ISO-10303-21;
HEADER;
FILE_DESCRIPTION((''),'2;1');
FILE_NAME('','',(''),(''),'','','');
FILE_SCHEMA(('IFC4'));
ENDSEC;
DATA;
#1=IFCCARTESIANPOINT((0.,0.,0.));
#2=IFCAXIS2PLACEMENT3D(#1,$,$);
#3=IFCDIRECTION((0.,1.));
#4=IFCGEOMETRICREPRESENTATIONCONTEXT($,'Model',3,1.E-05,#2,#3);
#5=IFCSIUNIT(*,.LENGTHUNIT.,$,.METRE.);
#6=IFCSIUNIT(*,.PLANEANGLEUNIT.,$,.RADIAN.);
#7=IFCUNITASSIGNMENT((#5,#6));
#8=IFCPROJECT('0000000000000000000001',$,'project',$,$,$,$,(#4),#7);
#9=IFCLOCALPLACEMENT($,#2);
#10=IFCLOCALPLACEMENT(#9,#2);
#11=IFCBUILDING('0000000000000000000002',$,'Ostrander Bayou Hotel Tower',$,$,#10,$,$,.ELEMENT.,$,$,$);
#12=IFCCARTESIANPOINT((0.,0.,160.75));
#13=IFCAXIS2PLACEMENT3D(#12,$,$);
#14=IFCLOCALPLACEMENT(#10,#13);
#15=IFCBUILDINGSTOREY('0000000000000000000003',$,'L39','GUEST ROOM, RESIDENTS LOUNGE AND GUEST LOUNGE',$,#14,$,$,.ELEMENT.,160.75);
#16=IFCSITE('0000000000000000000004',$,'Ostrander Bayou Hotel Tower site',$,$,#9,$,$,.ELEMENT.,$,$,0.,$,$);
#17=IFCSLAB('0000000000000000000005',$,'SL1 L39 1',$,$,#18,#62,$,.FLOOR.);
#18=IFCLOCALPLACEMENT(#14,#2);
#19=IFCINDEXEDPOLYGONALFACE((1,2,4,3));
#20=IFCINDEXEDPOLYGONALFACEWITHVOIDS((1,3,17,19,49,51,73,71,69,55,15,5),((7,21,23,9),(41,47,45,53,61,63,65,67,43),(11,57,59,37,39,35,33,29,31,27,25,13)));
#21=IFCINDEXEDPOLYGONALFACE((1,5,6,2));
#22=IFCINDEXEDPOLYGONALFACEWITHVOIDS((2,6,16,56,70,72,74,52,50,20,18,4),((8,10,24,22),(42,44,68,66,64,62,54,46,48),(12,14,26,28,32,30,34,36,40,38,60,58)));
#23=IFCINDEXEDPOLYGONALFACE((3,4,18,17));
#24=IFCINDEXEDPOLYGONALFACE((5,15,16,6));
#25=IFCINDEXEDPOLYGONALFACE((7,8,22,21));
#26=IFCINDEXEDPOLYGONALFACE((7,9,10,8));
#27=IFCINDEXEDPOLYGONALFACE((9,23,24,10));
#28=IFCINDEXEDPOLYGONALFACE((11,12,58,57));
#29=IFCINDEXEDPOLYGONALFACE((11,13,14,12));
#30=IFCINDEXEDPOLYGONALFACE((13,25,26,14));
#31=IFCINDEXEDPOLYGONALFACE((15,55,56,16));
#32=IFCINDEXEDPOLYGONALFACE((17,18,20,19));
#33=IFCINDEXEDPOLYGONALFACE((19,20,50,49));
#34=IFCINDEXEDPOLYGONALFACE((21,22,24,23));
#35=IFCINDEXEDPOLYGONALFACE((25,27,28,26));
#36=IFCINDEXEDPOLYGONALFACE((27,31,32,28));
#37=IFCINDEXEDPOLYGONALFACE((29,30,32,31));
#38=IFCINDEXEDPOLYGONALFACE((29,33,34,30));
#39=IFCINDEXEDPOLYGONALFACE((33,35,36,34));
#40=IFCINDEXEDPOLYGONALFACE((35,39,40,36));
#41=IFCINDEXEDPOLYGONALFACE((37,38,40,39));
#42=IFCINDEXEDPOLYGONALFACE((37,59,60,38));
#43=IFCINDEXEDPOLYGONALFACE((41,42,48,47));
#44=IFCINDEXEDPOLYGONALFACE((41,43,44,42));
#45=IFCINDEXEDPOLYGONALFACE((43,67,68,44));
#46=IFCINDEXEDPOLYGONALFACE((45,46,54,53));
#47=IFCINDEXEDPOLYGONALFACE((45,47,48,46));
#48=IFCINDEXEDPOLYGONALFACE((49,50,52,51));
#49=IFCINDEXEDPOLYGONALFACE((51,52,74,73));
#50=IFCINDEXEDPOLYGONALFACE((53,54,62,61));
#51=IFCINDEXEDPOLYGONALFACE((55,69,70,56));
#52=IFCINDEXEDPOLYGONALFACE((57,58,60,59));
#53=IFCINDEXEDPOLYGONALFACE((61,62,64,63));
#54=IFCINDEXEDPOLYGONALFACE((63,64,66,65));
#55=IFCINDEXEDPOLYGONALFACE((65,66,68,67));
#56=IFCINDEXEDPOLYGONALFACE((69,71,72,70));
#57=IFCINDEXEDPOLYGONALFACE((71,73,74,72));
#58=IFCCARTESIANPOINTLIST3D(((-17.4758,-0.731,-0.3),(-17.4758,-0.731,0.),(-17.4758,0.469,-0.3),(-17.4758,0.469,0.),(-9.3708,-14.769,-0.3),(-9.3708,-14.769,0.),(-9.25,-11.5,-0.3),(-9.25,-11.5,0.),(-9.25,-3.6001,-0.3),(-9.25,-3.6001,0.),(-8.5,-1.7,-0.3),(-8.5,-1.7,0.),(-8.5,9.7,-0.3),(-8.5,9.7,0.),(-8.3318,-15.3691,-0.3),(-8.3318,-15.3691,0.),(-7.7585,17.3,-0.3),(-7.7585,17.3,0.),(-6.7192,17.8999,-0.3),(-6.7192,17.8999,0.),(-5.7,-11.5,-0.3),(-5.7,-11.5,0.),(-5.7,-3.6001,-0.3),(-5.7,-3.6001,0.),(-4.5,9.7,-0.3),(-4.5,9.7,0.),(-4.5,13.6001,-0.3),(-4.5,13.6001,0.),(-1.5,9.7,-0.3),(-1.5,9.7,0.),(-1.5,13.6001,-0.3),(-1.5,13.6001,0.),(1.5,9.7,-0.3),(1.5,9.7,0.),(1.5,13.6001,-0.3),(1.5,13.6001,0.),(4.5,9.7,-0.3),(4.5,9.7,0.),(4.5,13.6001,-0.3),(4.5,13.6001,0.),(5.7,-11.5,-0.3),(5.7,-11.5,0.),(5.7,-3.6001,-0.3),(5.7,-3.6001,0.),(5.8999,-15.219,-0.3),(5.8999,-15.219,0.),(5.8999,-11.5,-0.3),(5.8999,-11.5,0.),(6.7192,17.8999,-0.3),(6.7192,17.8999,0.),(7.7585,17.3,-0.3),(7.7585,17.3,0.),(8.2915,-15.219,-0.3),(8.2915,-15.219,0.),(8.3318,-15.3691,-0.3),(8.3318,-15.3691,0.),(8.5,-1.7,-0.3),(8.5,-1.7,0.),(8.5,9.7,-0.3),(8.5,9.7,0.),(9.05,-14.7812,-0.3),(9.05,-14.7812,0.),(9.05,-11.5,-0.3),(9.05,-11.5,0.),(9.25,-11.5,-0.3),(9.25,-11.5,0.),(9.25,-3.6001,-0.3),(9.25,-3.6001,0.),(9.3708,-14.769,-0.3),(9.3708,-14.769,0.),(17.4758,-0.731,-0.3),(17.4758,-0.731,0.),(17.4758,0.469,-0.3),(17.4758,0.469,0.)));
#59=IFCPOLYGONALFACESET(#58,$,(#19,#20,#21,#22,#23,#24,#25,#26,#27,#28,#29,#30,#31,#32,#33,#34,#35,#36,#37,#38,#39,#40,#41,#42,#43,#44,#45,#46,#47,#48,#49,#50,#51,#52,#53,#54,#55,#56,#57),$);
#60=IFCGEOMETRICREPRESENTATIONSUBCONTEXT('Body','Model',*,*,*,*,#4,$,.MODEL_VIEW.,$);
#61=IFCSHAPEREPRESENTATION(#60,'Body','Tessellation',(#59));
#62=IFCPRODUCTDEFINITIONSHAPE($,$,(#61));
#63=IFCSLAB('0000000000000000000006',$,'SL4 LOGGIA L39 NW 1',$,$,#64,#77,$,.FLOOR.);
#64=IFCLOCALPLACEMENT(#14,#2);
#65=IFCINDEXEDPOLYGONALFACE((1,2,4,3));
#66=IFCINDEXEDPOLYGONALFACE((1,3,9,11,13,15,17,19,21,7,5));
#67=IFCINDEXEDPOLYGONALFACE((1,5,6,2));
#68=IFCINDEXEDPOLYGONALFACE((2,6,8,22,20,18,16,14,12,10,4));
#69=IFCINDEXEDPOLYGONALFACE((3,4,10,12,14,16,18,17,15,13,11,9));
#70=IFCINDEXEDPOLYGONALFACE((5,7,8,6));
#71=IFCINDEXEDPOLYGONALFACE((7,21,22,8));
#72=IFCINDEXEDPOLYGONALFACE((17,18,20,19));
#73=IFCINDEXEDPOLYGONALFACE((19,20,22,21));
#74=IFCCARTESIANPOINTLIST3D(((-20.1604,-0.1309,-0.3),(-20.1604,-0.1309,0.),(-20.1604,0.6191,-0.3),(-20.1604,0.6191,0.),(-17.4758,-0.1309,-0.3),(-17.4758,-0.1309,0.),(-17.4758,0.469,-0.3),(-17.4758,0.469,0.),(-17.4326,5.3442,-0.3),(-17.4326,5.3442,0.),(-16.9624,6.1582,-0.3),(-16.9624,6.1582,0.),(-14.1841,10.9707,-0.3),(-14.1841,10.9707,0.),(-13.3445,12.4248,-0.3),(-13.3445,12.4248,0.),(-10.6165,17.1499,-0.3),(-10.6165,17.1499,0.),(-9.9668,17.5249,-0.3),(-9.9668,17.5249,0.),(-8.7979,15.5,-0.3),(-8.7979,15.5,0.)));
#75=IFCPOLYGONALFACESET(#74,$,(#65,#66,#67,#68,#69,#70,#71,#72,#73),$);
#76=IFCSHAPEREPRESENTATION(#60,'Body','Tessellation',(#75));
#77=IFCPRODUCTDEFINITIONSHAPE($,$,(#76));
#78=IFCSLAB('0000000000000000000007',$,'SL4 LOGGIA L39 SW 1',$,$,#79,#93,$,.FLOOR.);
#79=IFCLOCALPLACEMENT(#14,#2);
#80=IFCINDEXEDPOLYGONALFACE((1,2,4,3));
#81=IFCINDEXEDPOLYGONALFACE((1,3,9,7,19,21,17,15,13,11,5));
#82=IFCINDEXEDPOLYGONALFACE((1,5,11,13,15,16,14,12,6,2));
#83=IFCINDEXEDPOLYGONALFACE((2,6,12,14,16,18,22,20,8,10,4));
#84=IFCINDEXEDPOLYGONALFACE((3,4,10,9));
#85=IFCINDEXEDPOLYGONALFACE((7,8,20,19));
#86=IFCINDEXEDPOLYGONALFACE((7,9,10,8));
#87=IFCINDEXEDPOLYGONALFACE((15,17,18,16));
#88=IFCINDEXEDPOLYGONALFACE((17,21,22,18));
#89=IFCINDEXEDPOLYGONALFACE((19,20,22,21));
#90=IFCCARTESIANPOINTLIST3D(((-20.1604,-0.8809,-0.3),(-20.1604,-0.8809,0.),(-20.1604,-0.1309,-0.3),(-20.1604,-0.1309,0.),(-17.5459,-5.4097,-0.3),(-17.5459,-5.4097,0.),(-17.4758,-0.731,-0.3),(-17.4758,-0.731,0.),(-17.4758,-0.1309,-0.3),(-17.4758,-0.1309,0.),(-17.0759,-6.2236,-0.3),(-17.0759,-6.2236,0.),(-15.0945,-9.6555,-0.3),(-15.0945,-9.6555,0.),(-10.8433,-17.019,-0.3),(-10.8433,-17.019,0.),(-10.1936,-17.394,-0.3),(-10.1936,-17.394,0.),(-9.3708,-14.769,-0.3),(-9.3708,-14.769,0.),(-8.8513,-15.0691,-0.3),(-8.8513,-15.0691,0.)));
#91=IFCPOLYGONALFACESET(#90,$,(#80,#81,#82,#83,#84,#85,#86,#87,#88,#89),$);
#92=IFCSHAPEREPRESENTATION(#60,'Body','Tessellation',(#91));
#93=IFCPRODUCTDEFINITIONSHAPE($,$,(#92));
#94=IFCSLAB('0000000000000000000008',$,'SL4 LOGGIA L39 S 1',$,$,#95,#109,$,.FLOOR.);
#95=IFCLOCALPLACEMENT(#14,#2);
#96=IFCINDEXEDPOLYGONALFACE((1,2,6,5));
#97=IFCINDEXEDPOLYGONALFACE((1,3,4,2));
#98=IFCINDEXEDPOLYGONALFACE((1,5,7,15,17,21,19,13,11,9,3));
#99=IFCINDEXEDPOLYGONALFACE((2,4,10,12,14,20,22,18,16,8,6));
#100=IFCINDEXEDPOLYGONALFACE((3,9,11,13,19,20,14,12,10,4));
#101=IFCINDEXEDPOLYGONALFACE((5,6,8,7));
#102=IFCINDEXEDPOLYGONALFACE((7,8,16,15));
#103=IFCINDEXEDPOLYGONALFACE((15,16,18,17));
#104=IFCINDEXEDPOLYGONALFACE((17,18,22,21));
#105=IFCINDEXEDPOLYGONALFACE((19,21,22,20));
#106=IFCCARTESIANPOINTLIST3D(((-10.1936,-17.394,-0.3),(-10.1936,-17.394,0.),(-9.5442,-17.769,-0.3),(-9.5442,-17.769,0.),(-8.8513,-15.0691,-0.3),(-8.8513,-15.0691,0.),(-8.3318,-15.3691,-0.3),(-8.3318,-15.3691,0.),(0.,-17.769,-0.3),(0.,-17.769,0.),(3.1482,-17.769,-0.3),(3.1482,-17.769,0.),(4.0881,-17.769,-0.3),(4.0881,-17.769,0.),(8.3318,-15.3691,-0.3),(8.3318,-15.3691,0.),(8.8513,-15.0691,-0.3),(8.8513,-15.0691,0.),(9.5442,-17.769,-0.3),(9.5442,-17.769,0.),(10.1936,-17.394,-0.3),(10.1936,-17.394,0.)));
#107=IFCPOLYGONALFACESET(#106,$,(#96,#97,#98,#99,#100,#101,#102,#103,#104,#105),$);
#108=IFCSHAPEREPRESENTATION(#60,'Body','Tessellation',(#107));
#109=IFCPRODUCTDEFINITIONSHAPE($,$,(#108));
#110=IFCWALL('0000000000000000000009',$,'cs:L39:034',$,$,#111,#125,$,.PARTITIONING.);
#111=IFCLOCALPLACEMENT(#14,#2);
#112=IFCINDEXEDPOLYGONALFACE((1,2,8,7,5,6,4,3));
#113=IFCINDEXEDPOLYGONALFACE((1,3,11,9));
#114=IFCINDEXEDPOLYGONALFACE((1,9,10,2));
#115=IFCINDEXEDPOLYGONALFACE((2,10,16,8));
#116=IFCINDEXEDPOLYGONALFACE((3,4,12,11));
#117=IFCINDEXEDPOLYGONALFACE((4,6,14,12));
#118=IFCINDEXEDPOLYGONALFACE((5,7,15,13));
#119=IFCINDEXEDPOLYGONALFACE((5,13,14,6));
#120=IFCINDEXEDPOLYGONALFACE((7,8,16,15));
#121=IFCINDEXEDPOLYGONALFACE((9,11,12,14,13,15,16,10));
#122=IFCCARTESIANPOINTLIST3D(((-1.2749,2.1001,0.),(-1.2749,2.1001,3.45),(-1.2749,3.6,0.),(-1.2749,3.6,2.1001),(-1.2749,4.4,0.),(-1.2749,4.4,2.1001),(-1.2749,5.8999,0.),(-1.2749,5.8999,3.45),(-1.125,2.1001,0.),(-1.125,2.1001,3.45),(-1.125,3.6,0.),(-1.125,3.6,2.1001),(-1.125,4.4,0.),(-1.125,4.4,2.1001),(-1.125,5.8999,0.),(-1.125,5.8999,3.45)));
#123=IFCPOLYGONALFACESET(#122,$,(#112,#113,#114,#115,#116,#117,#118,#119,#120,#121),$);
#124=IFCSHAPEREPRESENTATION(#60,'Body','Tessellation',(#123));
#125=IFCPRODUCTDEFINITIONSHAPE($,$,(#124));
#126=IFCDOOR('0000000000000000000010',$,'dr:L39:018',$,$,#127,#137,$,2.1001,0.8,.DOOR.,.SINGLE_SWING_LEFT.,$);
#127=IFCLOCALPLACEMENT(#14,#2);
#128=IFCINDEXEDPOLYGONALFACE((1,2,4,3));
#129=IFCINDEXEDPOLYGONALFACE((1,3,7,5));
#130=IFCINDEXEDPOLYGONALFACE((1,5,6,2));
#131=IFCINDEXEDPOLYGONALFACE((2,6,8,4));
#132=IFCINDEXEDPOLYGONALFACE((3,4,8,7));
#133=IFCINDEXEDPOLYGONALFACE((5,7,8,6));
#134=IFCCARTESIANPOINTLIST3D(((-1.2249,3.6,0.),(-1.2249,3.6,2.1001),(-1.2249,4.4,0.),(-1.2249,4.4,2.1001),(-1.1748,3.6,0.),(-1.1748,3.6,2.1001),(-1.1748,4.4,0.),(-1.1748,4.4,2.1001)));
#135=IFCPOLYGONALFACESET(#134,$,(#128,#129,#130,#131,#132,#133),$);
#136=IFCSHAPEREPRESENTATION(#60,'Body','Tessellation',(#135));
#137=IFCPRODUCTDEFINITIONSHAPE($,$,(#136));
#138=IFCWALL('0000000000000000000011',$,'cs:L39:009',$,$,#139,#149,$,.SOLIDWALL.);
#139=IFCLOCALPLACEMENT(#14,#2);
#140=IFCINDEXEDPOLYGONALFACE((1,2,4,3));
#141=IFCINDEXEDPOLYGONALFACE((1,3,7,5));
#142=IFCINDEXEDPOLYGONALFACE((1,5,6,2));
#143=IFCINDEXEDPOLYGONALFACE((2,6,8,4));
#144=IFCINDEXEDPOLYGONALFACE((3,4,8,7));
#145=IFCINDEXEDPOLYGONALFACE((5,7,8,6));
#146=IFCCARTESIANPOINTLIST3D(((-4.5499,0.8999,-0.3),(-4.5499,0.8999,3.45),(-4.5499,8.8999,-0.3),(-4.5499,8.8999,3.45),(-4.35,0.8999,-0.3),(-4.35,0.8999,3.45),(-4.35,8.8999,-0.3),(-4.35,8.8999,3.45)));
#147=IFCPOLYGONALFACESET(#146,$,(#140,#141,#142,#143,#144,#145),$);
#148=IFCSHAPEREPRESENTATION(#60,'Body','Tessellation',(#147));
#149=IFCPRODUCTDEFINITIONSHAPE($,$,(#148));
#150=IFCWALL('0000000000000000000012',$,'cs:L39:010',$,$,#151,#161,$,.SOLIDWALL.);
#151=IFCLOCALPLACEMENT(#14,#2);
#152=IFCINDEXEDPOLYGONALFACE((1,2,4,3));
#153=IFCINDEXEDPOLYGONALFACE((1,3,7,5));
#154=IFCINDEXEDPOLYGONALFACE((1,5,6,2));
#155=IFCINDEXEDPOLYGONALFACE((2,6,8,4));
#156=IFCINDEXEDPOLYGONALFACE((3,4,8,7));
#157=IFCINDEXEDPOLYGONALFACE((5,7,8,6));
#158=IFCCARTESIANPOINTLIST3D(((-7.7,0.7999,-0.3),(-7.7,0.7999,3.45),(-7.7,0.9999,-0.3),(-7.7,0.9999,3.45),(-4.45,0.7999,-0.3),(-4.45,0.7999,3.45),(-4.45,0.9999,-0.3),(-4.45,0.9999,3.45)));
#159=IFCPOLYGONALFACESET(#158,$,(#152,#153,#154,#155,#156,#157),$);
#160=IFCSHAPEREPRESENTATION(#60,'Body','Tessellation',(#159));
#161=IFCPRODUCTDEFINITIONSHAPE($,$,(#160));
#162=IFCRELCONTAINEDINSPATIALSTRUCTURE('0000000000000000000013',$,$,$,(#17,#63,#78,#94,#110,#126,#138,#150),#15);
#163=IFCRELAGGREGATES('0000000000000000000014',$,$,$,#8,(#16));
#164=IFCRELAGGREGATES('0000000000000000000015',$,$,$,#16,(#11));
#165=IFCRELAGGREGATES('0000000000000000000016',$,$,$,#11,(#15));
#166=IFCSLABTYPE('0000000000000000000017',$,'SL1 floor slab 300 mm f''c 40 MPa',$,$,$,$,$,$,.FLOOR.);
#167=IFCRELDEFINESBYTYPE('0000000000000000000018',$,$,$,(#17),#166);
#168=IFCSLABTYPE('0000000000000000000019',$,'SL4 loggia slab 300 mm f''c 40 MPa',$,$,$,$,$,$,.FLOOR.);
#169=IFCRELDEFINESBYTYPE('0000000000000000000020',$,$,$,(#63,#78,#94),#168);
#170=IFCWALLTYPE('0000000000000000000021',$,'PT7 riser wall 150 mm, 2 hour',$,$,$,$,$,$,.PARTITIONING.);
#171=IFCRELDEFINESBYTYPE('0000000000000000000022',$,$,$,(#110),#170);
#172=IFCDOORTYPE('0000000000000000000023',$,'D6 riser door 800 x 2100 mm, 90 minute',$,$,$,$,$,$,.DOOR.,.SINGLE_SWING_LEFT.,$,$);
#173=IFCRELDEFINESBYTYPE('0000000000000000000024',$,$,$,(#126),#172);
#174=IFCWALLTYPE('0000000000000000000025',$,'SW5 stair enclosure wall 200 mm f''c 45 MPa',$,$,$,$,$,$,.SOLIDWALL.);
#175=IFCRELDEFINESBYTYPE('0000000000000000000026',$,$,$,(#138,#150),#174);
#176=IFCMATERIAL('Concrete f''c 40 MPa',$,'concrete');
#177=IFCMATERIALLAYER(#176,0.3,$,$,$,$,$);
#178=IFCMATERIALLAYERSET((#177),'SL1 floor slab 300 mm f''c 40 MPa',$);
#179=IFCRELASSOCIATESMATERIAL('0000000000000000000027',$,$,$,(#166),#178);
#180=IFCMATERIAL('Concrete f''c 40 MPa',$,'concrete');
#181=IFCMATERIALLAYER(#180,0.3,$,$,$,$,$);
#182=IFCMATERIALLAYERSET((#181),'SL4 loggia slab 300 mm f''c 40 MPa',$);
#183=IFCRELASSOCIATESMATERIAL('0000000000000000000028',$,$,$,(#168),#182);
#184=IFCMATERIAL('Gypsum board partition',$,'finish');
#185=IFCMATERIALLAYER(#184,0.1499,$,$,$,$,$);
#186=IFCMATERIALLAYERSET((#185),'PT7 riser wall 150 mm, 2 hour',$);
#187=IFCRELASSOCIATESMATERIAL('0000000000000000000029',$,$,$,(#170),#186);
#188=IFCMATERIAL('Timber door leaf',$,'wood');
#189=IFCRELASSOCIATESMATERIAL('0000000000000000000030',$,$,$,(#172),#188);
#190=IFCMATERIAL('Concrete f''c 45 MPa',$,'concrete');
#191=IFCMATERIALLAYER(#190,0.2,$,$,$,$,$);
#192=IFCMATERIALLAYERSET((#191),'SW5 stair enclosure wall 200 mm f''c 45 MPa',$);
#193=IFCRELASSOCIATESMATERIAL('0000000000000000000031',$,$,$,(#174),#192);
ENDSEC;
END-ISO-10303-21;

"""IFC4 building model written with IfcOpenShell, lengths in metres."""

from ifc_helpers import new_model, si_unit, direction, frame, frame_2d, origin, place, context, subcontext, project, spatial, polyline, rectangle, outline, extrude, material, layer, layer_set, type_object, element, fill, save


model = new_model("IFC4")

# Units and contexts
model_context = context("Model", 3, precision=1e-05, world=origin(), true_north=direction((0.0, 1.0)))
body_context = subcontext(model_context, "Body", "Model", "MODEL_VIEW")
ifc_project = project(units=[si_unit("LENGTHUNIT", "METRE"), si_unit("PLANEANGLEUNIT", "RADIAN")], contexts=[model_context])

# Site, building, storey
site_placement = place(None, origin())
site = spatial("IfcSite", under=ifc_project, at=site_placement, Name="Ostrander Bayou Hotel Tower site", CompositionType="ELEMENT", RefElevation=0.0)
building_placement = place(site_placement, origin())
building = spatial("IfcBuilding", under=site, at=building_placement, Name="Ostrander Bayou Hotel Tower", CompositionType="ELEMENT")
storey_placement = place(building_placement, frame((0.0, 0.0, 160.75)))
storey = spatial("IfcBuildingStorey", under=building, at=storey_placement, Name="L39", Description="GUEST ROOM, RESIDENTS LOUNGE AND GUEST LOUNGE", CompositionType="ELEMENT", Elevation=160.75)

# Slabs
ifc_material_1 = material(Name="Concrete f'c 40 MPa", Category="concrete")
ifc_layer_1 = layer(ifc_material_1, 0.3)
ifc_layer_set_1 = layer_set([ifc_layer_1], Name="SL1 floor slab 300 mm f'c 40 MPa")
slab_type_1 = type_object("IfcSlabType", Name="SL1 floor slab 300 mm f'c 40 MPa", PredefinedType="FLOOR", material=ifc_layer_set_1)
slab_1_placement = place(storey_placement, frame((0.0, 0.0, -0.3)))
element("IfcSlab", 1, at=slab_1_placement, inside=storey, type_object=slab_type_1, Name="SL1 L39 1", PredefinedType="FLOOR", context=body_context, shape_type="SweptSolid", body=[
    extrude(outline(polyline([(7.7585, 17.3), (17.4758, 0.469), (17.4758, -0.731), (9.3708, -14.769), (8.3318, -15.3691), (-8.3318, -15.3691), (-9.3708, -14.769), (-17.4758, -0.731), (-17.4758, 0.469), (-7.7585, 17.3), (-6.7192, 17.8999), (6.7192, 17.8999), (7.7585, 17.3)]), holes=[polyline([(9.05, -11.5), (9.25, -11.5), (9.25, -3.6001), (5.7, -3.6001), (5.7, -11.5), (5.8999, -11.5), (5.8999, -15.219), (8.2915, -15.219), (9.05, -14.7812), (9.05, -11.5)]), polyline([(-8.5, -1.7), (8.5, -1.7), (8.5, 9.7), (4.5, 9.7), (4.5, 13.6001), (1.5, 13.6001), (1.5, 9.7), (-1.5, 9.7), (-1.5, 13.6001), (-4.5, 13.6001), (-4.5, 9.7), (-8.5, 9.7), (-8.5, -1.7)]), polyline([(-5.7, -3.6001), (-9.25, -3.6001), (-9.25, -11.5), (-5.7, -11.5), (-5.7, -3.6001)])]), origin(), (0.0, 0.0, 1.0), 0.3),
])
ifc_material_2 = material(Name="Concrete f'c 40 MPa", Category="concrete")
ifc_layer_2 = layer(ifc_material_2, 0.3)
ifc_layer_set_2 = layer_set([ifc_layer_2], Name="SL4 loggia slab 300 mm f'c 40 MPa")
slab_type_2 = type_object("IfcSlabType", Name="SL4 loggia slab 300 mm f'c 40 MPa", PredefinedType="FLOOR", material=ifc_layer_set_2)
slab_2_placement = place(storey_placement, frame((0.0, 0.0, -0.3)))
element("IfcSlab", 2, at=slab_2_placement, inside=storey, type_object=slab_type_2, Name="SL4 LOGGIA L39 NW 1", PredefinedType="FLOOR", context=body_context, shape_type="SweptSolid", body=[
    extrude(outline(polyline([(-20.1604, -0.1309), (-20.1604, 0.6191), (-17.4326, 5.3442), (-16.9624, 6.1582), (-14.1841, 10.9707), (-13.3445, 12.4248), (-10.6165, 17.1499), (-9.9668, 17.5249), (-8.7979, 15.5), (-17.4758, 0.469), (-17.4758, -0.1309), (-20.1604, -0.1309)])), origin(), (0.0, 0.0, 1.0), 0.3),
])
slab_3_placement = place(storey_placement, frame((0.0, 0.0, -0.3)))
element("IfcSlab", 3, at=slab_3_placement, inside=storey, type_object=slab_type_2, Name="SL4 LOGGIA L39 SW 1", PredefinedType="FLOOR", context=body_context, shape_type="SweptSolid", body=[
    extrude(outline(polyline([(-8.8513, -15.0691), (-10.1936, -17.394), (-10.8433, -17.019), (-15.0945, -9.6555), (-17.0759, -6.2236), (-17.5459, -5.4097), (-20.1604, -0.8809), (-20.1604, -0.1309), (-17.4758, -0.1309), (-17.4758, -0.731), (-9.3708, -14.769), (-8.8513, -15.0691)])), origin(), (0.0, 0.0, 1.0), 0.3),
])
slab_4_placement = place(storey_placement, frame((0.0, 0.0, -0.3)))
element("IfcSlab", 4, at=slab_4_placement, inside=storey, type_object=slab_type_2, Name="SL4 LOGGIA L39 S 1", PredefinedType="FLOOR", context=body_context, shape_type="SweptSolid", body=[
    extrude(outline(polyline([(8.8513, -15.0691), (10.1936, -17.394), (9.5442, -17.769), (4.0881, -17.769), (3.1482, -17.769), (0.0, -17.769), (-9.5442, -17.769), (-10.1936, -17.394), (-8.8513, -15.0691), (-8.3318, -15.3691), (8.3318, -15.3691), (8.8513, -15.0691)])), origin(), (0.0, 0.0, 1.0), 0.3),
])

# Wall, opening, door
ifc_material_3 = material(Name="Gypsum board partition", Category="finish")
ifc_layer_3 = layer(ifc_material_3, 0.1499)
ifc_layer_set_3 = layer_set([ifc_layer_3], Name="PT7 riser wall 150 mm, 2 hour")
wall_type_1 = type_object("IfcWallType", Name="PT7 riser wall 150 mm, 2 hour", PredefinedType="PARTITIONING", material=ifc_layer_set_3)
wall_1_placement = place(storey_placement, frame((-1.2, 2.1001, 0.0), z_axis=(0.0, 0.0, 1.0), x_axis=(0.0, 1.0, 0.0)))
wall_1 = element("IfcWall", 5, at=wall_1_placement, inside=storey, type_object=wall_type_1, Name="cs:L39:034", PredefinedType="PARTITIONING", context=body_context, shape_type="SweptSolid", body=[
    extrude(rectangle(XDim=3.7998, YDim=0.1499, at=frame_2d((1.8999, 0.0))), origin(), (0.0, 0.0, 1.0), 3.45),
])
opening_1_placement = place(wall_1_placement, frame((1.5, 0.0, 0.0)))
opening_1 = element("IfcOpeningElement", 6, at=opening_1_placement, cuts=wall_1, PredefinedType="OPENING", context=body_context, shape_type="SweptSolid", body=[
    extrude(rectangle(XDim=0.8, YDim=2.1001, at=frame_2d((0.3999, 1.05))), frame((0.0, 0.075, 0.0), z_axis=(0.0, -1.0, 0.0), x_axis=(1.0, 0.0, 0.0)), (0.0, 0.0, 1.0), 0.1499),
])
ifc_material_4 = material(Name="Timber door leaf", Category="wood")
door_type_1 = type_object("IfcDoorType", Name="D6 riser door 800 x 2100 mm, 90 minute", OperationType="SINGLE_SWING_LEFT", PredefinedType="DOOR", material=ifc_material_4)
door_1_placement = place(opening_1_placement, origin())
door_1 = element("IfcDoor", 7, at=door_1_placement, inside=storey, type_object=door_type_1, Name="dr:L39:018", OperationType="SINGLE_SWING_LEFT", OverallHeight=2.1001, OverallWidth=0.8, PredefinedType="DOOR", context=body_context, shape_type="SweptSolid", body=[
    extrude(rectangle(XDim=0.8, YDim=2.1001, at=frame_2d((0.3999, 1.05))), frame((0.0, 0.0249, 0.0), z_axis=(0.0, -1.0, 0.0), x_axis=(1.0, 0.0, 0.0)), (0.0, 0.0, 1.0), 0.05),
])
fill(opening_1, door_1)

# Walls
ifc_material_5 = material(Name="Concrete f'c 45 MPa", Category="concrete")
ifc_layer_4 = layer(ifc_material_5, 0.2)
ifc_layer_set_4 = layer_set([ifc_layer_4], Name="SW5 stair enclosure wall 200 mm f'c 45 MPa")
wall_type_2 = type_object("IfcWallType", Name="SW5 stair enclosure wall 200 mm f'c 45 MPa", PredefinedType="SOLIDWALL", material=ifc_layer_set_4)
wall_2_placement = place(storey_placement, frame((-4.45, 0.8999, -0.3), z_axis=(0.0, 0.0, 1.0), x_axis=(0.0, 1.0, 0.0)))
element("IfcWall", 8, at=wall_2_placement, inside=storey, type_object=wall_type_2, Name="cs:L39:009", PredefinedType="SOLIDWALL", context=body_context, shape_type="SweptSolid", body=[
    extrude(rectangle(XDim=8.0, YDim=0.2, at=frame_2d((4.0, 0.0))), origin(), (0.0, 0.0, 1.0), 3.75),
])
wall_3_placement = place(storey_placement, frame((-7.7, 0.8999, -0.3), z_axis=(0.0, 0.0, 1.0), x_axis=(1.0, 0.0, 0.0)))
element("IfcWall", 9, at=wall_3_placement, inside=storey, type_object=wall_type_2, Name="cs:L39:010", PredefinedType="SOLIDWALL", context=body_context, shape_type="SweptSolid", body=[
    extrude(rectangle(XDim=3.25, YDim=0.2, at=frame_2d((1.625, 0.0))), origin(), (0.0, 0.0, 1.0), 3.75),
])

save(model, "model.ifc")
